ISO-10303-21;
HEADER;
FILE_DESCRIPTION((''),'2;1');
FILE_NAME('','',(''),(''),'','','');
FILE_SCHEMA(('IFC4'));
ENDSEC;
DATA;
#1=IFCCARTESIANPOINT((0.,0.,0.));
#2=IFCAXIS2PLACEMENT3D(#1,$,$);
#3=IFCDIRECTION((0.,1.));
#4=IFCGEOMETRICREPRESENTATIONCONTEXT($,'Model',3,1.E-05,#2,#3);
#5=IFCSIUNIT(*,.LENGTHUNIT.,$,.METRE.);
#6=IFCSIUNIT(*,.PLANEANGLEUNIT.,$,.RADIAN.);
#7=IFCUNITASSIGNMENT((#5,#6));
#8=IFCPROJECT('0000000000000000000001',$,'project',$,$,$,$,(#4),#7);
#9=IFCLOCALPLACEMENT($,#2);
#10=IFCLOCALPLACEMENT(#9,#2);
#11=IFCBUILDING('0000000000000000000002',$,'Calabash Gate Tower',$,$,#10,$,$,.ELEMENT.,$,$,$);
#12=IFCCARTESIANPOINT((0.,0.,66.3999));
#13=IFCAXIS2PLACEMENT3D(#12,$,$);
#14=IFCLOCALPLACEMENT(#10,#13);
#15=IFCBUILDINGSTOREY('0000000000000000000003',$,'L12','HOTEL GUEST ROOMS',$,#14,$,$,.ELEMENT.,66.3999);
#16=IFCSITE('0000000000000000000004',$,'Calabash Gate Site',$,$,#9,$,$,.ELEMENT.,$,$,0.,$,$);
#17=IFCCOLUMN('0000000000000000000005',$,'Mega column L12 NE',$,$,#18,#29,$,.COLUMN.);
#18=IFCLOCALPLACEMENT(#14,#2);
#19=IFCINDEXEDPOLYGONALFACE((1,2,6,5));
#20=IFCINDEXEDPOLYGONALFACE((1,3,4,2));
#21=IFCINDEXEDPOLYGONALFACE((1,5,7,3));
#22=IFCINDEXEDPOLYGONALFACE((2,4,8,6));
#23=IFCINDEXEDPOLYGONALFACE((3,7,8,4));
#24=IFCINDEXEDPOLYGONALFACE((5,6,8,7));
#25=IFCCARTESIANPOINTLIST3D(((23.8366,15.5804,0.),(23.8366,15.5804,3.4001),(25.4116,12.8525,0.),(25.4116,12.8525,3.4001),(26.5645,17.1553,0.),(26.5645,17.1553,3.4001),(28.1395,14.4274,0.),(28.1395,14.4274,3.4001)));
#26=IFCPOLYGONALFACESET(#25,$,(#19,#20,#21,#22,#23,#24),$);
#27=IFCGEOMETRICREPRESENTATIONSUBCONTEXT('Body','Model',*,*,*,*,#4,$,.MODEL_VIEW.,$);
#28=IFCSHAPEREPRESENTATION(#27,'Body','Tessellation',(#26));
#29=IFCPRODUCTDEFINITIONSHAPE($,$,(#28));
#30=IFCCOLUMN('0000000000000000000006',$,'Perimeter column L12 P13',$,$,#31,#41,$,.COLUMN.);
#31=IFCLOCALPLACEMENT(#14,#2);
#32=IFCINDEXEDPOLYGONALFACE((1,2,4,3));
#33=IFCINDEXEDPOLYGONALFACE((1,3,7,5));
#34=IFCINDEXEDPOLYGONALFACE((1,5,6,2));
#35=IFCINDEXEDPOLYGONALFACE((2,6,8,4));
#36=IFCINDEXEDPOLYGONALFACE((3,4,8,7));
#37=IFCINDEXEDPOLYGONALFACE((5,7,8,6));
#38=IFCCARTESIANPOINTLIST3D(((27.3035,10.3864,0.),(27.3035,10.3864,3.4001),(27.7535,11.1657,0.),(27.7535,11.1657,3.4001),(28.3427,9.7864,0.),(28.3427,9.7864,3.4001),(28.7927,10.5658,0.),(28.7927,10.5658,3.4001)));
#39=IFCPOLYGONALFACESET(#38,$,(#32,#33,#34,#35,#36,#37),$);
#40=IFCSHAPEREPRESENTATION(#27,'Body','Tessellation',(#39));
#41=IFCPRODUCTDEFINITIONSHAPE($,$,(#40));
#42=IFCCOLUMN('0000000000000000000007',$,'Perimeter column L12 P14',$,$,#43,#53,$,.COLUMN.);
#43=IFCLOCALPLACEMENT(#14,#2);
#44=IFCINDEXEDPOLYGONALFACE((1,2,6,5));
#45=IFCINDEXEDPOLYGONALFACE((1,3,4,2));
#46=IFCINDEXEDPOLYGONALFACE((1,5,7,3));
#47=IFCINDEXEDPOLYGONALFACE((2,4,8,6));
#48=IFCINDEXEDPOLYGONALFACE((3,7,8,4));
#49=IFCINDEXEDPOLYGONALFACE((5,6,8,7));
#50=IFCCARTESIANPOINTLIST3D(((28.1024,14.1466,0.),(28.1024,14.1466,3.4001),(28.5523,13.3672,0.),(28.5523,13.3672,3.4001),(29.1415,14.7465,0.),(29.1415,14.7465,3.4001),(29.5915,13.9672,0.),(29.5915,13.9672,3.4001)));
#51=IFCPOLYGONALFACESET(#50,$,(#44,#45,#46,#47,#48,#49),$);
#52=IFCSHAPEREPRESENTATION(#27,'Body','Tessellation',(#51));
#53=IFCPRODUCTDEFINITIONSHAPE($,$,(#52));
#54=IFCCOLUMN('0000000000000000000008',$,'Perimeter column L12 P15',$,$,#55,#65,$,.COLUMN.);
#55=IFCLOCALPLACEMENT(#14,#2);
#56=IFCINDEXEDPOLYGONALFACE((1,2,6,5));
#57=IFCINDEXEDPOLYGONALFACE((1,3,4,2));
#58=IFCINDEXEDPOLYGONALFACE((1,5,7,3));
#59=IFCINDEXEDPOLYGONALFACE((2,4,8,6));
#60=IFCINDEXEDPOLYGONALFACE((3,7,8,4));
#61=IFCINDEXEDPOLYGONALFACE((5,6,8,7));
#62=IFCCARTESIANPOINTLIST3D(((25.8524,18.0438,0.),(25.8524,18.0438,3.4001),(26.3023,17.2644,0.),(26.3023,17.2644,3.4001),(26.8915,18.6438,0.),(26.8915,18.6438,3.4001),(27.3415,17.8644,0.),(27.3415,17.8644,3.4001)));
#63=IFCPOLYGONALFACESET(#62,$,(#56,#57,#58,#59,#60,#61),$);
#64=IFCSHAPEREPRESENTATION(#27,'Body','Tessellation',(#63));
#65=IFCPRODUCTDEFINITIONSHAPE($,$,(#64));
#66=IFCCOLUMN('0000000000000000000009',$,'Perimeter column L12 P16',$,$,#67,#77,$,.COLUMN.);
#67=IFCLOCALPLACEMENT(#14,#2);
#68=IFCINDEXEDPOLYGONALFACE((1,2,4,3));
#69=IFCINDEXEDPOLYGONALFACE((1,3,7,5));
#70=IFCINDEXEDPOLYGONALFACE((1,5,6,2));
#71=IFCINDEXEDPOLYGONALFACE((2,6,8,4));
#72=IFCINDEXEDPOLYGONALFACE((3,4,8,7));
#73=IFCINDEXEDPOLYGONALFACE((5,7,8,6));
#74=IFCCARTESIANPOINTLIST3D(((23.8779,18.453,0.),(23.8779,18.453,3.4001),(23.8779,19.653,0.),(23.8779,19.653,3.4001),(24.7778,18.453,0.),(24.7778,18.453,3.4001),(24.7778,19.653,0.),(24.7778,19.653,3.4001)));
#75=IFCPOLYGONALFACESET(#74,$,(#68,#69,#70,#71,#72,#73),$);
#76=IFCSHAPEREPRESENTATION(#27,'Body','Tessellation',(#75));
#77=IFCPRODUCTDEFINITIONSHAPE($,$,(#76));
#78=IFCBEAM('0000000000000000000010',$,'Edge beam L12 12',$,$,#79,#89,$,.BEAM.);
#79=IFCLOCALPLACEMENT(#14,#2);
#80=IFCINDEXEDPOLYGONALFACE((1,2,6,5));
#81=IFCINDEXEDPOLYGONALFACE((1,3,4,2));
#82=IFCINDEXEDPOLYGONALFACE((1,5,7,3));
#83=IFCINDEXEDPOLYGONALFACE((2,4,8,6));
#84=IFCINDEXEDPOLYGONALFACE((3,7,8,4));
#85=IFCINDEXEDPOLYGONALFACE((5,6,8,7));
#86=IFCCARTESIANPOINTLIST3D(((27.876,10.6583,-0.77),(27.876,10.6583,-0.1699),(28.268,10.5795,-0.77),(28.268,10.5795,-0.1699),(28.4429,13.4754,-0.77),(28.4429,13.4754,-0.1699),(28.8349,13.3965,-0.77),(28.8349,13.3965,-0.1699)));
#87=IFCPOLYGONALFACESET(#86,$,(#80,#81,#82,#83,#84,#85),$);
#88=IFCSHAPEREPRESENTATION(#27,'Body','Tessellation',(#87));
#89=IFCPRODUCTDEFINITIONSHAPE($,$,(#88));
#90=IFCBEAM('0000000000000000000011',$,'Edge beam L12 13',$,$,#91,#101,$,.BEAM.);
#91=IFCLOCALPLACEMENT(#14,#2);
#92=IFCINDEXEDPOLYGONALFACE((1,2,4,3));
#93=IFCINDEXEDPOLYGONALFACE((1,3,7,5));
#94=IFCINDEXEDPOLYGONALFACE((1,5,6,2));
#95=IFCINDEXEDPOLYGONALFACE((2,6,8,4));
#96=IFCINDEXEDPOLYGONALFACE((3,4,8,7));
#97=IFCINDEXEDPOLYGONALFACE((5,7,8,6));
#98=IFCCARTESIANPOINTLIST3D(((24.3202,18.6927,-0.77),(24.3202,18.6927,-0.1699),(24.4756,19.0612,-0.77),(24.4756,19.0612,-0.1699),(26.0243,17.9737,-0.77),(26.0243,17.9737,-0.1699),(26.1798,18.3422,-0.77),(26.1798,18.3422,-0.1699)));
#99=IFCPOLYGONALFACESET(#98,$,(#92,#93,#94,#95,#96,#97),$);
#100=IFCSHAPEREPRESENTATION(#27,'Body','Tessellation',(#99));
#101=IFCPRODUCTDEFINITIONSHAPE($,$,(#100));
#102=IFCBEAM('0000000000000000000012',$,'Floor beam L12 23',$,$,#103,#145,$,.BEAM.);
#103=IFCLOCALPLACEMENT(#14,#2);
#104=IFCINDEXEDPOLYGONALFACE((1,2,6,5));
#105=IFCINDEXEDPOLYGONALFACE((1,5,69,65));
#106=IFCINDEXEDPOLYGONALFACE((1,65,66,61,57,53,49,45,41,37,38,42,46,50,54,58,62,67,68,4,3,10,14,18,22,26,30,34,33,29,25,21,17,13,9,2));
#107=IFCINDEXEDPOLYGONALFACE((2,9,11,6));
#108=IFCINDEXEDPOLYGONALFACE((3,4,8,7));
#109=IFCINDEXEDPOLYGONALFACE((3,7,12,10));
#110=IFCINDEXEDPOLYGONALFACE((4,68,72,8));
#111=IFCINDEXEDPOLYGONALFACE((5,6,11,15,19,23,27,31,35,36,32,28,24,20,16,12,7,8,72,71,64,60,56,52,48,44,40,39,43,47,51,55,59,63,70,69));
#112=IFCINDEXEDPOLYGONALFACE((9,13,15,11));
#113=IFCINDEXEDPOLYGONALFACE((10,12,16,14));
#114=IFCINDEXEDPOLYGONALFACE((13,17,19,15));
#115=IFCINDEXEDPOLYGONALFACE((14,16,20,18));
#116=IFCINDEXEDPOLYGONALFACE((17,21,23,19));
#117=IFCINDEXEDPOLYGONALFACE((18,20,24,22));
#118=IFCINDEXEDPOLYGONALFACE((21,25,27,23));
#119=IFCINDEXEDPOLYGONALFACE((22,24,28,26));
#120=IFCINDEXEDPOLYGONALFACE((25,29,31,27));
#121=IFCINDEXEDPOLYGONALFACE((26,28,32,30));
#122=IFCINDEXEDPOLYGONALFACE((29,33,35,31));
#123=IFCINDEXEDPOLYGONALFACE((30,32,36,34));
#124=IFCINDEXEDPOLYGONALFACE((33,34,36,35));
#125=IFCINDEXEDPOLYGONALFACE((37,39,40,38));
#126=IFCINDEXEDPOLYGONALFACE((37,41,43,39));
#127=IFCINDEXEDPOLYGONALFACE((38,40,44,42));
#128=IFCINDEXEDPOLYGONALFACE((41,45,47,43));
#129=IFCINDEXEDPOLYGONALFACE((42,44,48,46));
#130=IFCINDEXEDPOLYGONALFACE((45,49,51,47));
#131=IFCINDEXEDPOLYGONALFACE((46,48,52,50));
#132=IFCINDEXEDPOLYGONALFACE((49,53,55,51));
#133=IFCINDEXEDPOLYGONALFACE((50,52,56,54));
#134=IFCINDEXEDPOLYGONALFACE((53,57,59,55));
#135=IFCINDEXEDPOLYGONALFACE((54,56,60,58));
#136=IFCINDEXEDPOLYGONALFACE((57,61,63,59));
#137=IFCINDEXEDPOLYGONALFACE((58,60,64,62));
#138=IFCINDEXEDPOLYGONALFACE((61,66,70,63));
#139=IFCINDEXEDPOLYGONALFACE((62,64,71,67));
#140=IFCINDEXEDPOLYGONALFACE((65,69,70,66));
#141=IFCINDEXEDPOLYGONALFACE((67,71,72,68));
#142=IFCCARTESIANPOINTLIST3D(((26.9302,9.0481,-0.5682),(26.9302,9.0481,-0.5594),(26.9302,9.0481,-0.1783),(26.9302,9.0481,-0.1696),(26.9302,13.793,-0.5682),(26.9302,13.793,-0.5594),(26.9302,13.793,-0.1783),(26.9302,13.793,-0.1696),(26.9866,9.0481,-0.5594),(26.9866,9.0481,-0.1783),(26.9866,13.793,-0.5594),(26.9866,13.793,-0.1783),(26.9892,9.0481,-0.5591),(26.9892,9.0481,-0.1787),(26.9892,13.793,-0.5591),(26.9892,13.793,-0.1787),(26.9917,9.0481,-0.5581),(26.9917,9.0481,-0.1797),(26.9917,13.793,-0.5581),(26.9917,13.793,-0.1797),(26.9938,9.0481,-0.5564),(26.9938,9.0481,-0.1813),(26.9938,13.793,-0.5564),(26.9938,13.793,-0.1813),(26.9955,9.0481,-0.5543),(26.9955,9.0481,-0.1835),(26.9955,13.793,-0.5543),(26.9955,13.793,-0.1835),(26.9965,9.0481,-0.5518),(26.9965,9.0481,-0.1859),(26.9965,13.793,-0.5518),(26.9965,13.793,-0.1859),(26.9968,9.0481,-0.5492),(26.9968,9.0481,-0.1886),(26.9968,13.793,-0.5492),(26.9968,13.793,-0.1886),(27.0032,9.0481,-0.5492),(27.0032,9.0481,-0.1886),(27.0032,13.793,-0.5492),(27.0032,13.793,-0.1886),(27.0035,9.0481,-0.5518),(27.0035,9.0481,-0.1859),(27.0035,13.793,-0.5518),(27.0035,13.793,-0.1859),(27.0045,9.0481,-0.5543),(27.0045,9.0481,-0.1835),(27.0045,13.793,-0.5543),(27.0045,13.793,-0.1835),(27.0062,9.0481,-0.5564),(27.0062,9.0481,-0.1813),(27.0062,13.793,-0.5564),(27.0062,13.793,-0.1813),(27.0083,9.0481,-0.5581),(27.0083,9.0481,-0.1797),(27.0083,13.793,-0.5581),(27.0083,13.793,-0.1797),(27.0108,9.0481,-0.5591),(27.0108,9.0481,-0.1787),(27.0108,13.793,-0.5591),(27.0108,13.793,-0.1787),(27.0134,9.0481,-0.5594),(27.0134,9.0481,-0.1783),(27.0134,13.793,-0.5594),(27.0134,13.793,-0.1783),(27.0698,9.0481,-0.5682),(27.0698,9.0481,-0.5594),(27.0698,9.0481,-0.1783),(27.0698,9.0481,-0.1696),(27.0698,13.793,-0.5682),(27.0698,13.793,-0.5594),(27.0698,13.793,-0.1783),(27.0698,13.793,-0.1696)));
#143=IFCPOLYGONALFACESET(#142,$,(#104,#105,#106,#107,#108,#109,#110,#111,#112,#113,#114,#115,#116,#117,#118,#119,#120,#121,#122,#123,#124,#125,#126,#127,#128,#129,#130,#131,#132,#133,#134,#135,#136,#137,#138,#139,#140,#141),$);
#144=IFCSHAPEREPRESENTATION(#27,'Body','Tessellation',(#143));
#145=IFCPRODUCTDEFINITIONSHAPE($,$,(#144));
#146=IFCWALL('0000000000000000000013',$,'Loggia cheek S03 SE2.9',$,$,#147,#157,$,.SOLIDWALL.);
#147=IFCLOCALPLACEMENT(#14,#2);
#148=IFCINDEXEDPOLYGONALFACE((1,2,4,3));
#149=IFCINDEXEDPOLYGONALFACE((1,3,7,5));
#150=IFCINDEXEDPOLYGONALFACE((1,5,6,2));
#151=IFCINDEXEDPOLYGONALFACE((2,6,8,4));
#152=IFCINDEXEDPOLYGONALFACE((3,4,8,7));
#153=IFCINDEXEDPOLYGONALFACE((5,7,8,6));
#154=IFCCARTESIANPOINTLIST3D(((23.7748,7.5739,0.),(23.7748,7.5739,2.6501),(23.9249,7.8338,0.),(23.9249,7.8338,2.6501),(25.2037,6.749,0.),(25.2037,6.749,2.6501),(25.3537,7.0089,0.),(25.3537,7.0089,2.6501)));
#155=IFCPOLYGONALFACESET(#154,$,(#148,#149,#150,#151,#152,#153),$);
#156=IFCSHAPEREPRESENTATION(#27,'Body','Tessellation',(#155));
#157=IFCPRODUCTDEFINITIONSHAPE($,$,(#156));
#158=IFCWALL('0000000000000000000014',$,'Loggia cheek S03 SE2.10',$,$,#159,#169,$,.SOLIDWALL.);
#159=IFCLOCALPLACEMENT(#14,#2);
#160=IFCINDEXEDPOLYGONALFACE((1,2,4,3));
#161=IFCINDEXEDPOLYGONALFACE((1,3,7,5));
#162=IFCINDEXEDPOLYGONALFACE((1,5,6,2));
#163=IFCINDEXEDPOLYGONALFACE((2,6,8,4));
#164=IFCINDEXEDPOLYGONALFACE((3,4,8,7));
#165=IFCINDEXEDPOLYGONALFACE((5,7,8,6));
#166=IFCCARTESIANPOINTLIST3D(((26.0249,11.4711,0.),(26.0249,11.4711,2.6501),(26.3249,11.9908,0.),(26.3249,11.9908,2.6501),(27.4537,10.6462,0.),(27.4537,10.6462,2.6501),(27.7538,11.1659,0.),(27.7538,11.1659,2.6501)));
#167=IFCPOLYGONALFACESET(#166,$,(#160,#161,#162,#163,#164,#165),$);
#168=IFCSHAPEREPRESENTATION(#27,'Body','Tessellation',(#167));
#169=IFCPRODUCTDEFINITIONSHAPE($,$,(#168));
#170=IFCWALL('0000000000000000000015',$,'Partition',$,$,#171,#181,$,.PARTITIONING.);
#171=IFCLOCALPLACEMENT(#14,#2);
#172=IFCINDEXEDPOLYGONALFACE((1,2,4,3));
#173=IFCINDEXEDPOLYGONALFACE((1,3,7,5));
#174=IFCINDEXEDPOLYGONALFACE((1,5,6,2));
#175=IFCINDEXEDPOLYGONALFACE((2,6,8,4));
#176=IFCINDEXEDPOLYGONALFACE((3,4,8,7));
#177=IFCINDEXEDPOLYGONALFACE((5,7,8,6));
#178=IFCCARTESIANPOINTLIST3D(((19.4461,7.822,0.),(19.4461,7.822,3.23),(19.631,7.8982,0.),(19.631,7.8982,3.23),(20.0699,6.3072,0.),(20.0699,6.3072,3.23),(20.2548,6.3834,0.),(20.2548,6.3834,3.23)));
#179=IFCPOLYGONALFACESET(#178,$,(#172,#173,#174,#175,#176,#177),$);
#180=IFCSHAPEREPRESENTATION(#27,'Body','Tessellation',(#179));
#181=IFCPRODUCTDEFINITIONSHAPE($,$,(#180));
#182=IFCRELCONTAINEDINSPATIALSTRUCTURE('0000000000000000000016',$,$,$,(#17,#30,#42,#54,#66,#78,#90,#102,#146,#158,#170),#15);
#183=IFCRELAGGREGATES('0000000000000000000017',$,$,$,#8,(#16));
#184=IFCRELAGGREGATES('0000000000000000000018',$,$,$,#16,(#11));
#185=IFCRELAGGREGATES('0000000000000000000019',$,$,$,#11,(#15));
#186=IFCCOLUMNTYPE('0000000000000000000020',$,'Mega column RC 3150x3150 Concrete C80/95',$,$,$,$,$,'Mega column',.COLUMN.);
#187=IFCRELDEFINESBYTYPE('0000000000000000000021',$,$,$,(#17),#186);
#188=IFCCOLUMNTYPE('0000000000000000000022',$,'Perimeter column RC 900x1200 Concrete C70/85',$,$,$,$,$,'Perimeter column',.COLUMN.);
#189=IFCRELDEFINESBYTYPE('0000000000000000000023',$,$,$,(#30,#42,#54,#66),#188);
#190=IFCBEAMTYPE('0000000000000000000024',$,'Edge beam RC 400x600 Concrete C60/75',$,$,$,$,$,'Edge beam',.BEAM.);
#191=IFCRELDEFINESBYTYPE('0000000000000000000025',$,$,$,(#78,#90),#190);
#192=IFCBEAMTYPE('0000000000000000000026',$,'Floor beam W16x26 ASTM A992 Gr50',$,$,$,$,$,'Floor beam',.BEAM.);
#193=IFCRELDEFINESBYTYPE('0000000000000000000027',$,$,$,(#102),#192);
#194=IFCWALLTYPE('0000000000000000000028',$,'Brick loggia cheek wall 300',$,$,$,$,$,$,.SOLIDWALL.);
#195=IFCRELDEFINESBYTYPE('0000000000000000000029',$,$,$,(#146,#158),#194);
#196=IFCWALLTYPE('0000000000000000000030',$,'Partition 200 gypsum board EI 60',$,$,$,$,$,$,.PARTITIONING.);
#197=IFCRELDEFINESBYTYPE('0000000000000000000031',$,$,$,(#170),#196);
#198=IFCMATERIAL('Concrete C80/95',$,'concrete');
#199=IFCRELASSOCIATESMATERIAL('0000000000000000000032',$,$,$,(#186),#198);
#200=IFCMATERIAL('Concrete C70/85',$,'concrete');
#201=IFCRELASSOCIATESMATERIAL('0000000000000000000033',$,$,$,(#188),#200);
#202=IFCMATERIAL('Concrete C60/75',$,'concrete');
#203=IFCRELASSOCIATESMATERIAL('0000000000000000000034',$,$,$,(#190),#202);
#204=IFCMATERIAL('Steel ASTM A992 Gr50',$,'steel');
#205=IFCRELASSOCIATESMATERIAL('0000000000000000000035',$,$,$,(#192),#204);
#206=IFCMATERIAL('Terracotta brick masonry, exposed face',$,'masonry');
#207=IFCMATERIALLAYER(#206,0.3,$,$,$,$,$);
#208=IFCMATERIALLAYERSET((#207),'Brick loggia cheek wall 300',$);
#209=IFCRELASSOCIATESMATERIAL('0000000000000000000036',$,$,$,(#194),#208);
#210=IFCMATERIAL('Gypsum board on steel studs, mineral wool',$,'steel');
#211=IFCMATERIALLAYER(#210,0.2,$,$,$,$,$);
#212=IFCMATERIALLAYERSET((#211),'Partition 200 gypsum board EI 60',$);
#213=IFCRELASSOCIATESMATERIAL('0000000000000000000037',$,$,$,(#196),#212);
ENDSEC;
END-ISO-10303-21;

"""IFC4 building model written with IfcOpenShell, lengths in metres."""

from ifc_helpers import new_model, si_unit, direction, frame, frame_2d, origin, origin_2d, place, context, subcontext, project, spatial, rectangle, i_section, extrude, material, layer, layer_set, material_profile, profile_set, type_object, element, save


model = new_model("IFC4")

# Units and contexts
model_context = context("Model", 3, precision=1e-05, world=origin(), true_north=direction((0.0, 1.0)))
body_context = subcontext(model_context, "Body", "Model", "MODEL_VIEW")
ifc_project = project(units=[si_unit("LENGTHUNIT", "METRE"), si_unit("PLANEANGLEUNIT", "RADIAN")], contexts=[model_context])

# Site, building, storey
site_placement = place(None, origin())
site = spatial("IfcSite", under=ifc_project, at=site_placement, Name="Calabash Gate Site", CompositionType="ELEMENT", RefElevation=0.0)
building_placement = place(site_placement, origin())
building = spatial("IfcBuilding", under=site, at=building_placement, Name="Calabash Gate Tower", CompositionType="ELEMENT")
storey_placement = place(building_placement, frame((0.0, 0.0, 66.3999)))
storey = spatial("IfcBuildingStorey", under=building, at=storey_placement, Name="L12", Description="HOTEL GUEST ROOMS", CompositionType="ELEMENT", Elevation=66.3999)

# Columns
ifc_material_1 = material(Name="Concrete C80/95", Category="concrete")
ifc_material_profile_1 = material_profile(ifc_material_1, rectangle(XDim=3.1499, YDim=3.1499, at=origin_2d()))
ifc_profile_set_1 = profile_set([ifc_material_profile_1], Name="Concrete C80/95")
column_type_1 = type_object("IfcColumnType", Name="Mega column RC 3150x3150 Concrete C80/95", ElementType="Mega column", PredefinedType="COLUMN", material=ifc_profile_set_1)
column_placement = place(storey_placement, frame((25.988, 15.0039, 0.0), z_axis=(0.0, 0.0, 1.0), x_axis=(-0.866025, -0.5, 0.0)))
element("IfcColumn", 1, at=column_placement, inside=storey, type_object=column_type_1, Name="Mega column L12 NE", PredefinedType="COLUMN", context=body_context, shape_type="SweptSolid", body=[
    extrude(rectangle(XDim=3.1499, YDim=3.1499, at=origin_2d()), origin(), (0.0, 0.0, 1.0), 3.4001),
])
ifc_material_2 = material(Name="Concrete C70/85", Category="concrete")
ifc_material_profile_2 = material_profile(ifc_material_2, rectangle(XDim=0.8999, YDim=1.2, at=origin_2d()))
ifc_profile_set_2 = profile_set([ifc_material_profile_2], Name="Concrete C70/85")
column_type_2 = type_object("IfcColumnType", Name="Perimeter column RC 900x1200 Concrete C70/85", ElementType="Perimeter column", PredefinedType="COLUMN", material=ifc_profile_set_2)
for number, where, z_axis, x_axis, name in (
    (2, (28.0481, 10.4761, 0.0), (0.0, 0.0, 1.0), (0.5, 0.866025, 0.0), "Perimeter column L12 P13"),
    (3, (28.8469, 14.0569, 0.0), (0.0, 0.0, 1.0), (-0.5, 0.866025, 0.0), "Perimeter column L12 P14"),
    (4, (26.5969, 17.9541, 0.0), (0.0, 0.0, 1.0), (-0.5, 0.866025, 0.0), "Perimeter column L12 P15"),
    (5, (24.3279, 19.053, 0.0), (0.0, 0.0, 1.0), (-1.0, 0.0, 0.0), "Perimeter column L12 P16"),
):
    element("IfcColumn", number, at=place(storey_placement, frame(where, z_axis=z_axis, x_axis=x_axis)), inside=storey, type_object=column_type_2, Name=name, PredefinedType="COLUMN", context=body_context, shape_type="SweptSolid", body=[
        extrude(rectangle(XDim=0.8999, YDim=1.2, at=origin_2d()), origin(), (0.0, 0.0, 1.0), 3.4001),
    ])

# Beams
ifc_material_3 = material(Name="Concrete C60/75", Category="concrete")
ifc_material_profile_3 = material_profile(ifc_material_3, rectangle(XDim=0.3999, YDim=0.6001, at=origin_2d()))
ifc_profile_set_3 = profile_set([ifc_material_profile_3], Name="Concrete C60/75")
beam_type_1 = type_object("IfcBeamType", Name="Edge beam RC 400x600 Concrete C60/75", ElementType="Edge beam", PredefinedType="BEAM", material=ifc_profile_set_3)
beam_1_placement = place(storey_placement, frame((28.072, 10.6189, -0.47), z_axis=(0.197276, 0.980348, 0.0), x_axis=(-0.980348, 0.197276, 0.0)))
element("IfcBeam", 6, at=beam_1_placement, inside=storey, type_object=beam_type_1, Name="Edge beam L12 12", PredefinedType="BEAM", context=body_context, shape_type="SweptSolid", body=[
    extrude(rectangle(XDim=0.3999, YDim=0.6001, at=origin_2d()), origin(), (0.0, 0.0, 1.0), 2.8735),
])
beam_2_placement = place(storey_placement, frame((26.1021, 18.158, -0.47), z_axis=(-0.921349, 0.388736, 0.0), x_axis=(-0.388736, -0.921349, 0.0)))
element("IfcBeam", 7, at=beam_2_placement, inside=storey, type_object=beam_type_1, Name="Edge beam L12 13", PredefinedType="BEAM", context=body_context, shape_type="SweptSolid", body=[
    extrude(rectangle(XDim=0.3999, YDim=0.6001, at=origin_2d()), origin(), (0.0, 0.0, 1.0), 1.8496),
])
ifc_material_4 = material(Name="Steel ASTM A992 Gr50", Category="steel")
ifc_material_profile_4 = material_profile(ifc_material_4, i_section(OverallWidth=0.1396, OverallDepth=0.3987, WebThickness=0.0063, FlangeThickness=0.0088, FilletRadius=0.0103, at=origin_2d()))
ifc_profile_set_4 = profile_set([ifc_material_profile_4], Name="Steel ASTM A992 Gr50")
beam_type_2 = type_object("IfcBeamType", Name="Floor beam W16x26 ASTM A992 Gr50", ElementType="Floor beam", PredefinedType="BEAM", material=ifc_profile_set_4)
beam_3_placement = place(storey_placement, frame((27.0, 9.0481, -0.3689), z_axis=(0.0, 1.0, 0.0), x_axis=(-1.0, 0.0, 0.0)))
element("IfcBeam", 8, at=beam_3_placement, inside=storey, type_object=beam_type_2, Name="Floor beam L12 23", PredefinedType="BEAM", context=body_context, shape_type="SweptSolid", body=[
    extrude(i_section(OverallWidth=0.1396, OverallDepth=0.3987, WebThickness=0.0063, FlangeThickness=0.0088, FilletRadius=0.0103, at=origin_2d()), origin(), (0.0, 0.0, 1.0), 4.7449),
])

# Walls
ifc_material_5 = material(Name="Terracotta brick masonry, exposed face", Category="masonry")
ifc_layer_1 = layer(ifc_material_5, 0.3)
ifc_layer_set_1 = layer_set([ifc_layer_1], Name="Brick loggia cheek wall 300")
wall_type_1 = type_object("IfcWallType", Name="Brick loggia cheek wall 300", PredefinedType="SOLIDWALL", material=ifc_layer_set_1)
wall_1_placement = place(storey_placement, frame((23.8499, 7.7039, 0.0), z_axis=(0.0, 0.0, 1.0), x_axis=(0.86604, -0.499974, 0.0)))
element("IfcWall", 9, at=wall_1_placement, inside=storey, type_object=wall_type_1, Name="Loggia cheek S03 SE2.9", PredefinedType="SOLIDWALL", context=body_context, shape_type="SweptSolid", body=[
    extrude(rectangle(XDim=1.6499, YDim=0.3, at=frame_2d((0.825, 0.0))), origin(), (0.0, 0.0, 1.0), 2.6501),
])
wall_2_placement = place(storey_placement, frame((27.6038, 10.906, 0.0), z_axis=(0.0, 0.0, 1.0), x_axis=(-0.86604, 0.499974, 0.0)))
element("IfcWall", 10, at=wall_2_placement, inside=storey, type_object=wall_type_1, Name="Loggia cheek S03 SE2.10", PredefinedType="SOLIDWALL", context=body_context, shape_type="SweptSolid", body=[
    extrude(rectangle(XDim=1.6499, YDim=0.6001, at=frame_2d((0.825, 0.0))), origin(), (0.0, 0.0, 1.0), 2.6501),
])
ifc_material_6 = material(Name="Gypsum board on steel studs, mineral wool", Category="steel")
ifc_layer_2 = layer(ifc_material_6, 0.2)
ifc_layer_set_2 = layer_set([ifc_layer_2], Name="Partition 200 gypsum board EI 60")
wall_type_2 = type_object("IfcWallType", Name="Partition 200 gypsum board EI 60", PredefinedType="PARTITIONING", material=ifc_layer_set_2)
wall_3_placement = place(storey_placement, frame((19.5386, 7.8601, 0.0), z_axis=(0.0, 0.0, 1.0), x_axis=(0.38075, -0.924678, 0.0)))
element("IfcWall", 11, at=wall_3_placement, inside=storey, type_object=wall_type_2, Name="Partition", PredefinedType="PARTITIONING", context=body_context, shape_type="SweptSolid", body=[
    extrude(rectangle(XDim=1.6382, YDim=0.2, at=frame_2d((0.8191, 0.0))), origin(), (0.0, 0.0, 1.0), 3.23),
])

save(model, "model.ifc")
